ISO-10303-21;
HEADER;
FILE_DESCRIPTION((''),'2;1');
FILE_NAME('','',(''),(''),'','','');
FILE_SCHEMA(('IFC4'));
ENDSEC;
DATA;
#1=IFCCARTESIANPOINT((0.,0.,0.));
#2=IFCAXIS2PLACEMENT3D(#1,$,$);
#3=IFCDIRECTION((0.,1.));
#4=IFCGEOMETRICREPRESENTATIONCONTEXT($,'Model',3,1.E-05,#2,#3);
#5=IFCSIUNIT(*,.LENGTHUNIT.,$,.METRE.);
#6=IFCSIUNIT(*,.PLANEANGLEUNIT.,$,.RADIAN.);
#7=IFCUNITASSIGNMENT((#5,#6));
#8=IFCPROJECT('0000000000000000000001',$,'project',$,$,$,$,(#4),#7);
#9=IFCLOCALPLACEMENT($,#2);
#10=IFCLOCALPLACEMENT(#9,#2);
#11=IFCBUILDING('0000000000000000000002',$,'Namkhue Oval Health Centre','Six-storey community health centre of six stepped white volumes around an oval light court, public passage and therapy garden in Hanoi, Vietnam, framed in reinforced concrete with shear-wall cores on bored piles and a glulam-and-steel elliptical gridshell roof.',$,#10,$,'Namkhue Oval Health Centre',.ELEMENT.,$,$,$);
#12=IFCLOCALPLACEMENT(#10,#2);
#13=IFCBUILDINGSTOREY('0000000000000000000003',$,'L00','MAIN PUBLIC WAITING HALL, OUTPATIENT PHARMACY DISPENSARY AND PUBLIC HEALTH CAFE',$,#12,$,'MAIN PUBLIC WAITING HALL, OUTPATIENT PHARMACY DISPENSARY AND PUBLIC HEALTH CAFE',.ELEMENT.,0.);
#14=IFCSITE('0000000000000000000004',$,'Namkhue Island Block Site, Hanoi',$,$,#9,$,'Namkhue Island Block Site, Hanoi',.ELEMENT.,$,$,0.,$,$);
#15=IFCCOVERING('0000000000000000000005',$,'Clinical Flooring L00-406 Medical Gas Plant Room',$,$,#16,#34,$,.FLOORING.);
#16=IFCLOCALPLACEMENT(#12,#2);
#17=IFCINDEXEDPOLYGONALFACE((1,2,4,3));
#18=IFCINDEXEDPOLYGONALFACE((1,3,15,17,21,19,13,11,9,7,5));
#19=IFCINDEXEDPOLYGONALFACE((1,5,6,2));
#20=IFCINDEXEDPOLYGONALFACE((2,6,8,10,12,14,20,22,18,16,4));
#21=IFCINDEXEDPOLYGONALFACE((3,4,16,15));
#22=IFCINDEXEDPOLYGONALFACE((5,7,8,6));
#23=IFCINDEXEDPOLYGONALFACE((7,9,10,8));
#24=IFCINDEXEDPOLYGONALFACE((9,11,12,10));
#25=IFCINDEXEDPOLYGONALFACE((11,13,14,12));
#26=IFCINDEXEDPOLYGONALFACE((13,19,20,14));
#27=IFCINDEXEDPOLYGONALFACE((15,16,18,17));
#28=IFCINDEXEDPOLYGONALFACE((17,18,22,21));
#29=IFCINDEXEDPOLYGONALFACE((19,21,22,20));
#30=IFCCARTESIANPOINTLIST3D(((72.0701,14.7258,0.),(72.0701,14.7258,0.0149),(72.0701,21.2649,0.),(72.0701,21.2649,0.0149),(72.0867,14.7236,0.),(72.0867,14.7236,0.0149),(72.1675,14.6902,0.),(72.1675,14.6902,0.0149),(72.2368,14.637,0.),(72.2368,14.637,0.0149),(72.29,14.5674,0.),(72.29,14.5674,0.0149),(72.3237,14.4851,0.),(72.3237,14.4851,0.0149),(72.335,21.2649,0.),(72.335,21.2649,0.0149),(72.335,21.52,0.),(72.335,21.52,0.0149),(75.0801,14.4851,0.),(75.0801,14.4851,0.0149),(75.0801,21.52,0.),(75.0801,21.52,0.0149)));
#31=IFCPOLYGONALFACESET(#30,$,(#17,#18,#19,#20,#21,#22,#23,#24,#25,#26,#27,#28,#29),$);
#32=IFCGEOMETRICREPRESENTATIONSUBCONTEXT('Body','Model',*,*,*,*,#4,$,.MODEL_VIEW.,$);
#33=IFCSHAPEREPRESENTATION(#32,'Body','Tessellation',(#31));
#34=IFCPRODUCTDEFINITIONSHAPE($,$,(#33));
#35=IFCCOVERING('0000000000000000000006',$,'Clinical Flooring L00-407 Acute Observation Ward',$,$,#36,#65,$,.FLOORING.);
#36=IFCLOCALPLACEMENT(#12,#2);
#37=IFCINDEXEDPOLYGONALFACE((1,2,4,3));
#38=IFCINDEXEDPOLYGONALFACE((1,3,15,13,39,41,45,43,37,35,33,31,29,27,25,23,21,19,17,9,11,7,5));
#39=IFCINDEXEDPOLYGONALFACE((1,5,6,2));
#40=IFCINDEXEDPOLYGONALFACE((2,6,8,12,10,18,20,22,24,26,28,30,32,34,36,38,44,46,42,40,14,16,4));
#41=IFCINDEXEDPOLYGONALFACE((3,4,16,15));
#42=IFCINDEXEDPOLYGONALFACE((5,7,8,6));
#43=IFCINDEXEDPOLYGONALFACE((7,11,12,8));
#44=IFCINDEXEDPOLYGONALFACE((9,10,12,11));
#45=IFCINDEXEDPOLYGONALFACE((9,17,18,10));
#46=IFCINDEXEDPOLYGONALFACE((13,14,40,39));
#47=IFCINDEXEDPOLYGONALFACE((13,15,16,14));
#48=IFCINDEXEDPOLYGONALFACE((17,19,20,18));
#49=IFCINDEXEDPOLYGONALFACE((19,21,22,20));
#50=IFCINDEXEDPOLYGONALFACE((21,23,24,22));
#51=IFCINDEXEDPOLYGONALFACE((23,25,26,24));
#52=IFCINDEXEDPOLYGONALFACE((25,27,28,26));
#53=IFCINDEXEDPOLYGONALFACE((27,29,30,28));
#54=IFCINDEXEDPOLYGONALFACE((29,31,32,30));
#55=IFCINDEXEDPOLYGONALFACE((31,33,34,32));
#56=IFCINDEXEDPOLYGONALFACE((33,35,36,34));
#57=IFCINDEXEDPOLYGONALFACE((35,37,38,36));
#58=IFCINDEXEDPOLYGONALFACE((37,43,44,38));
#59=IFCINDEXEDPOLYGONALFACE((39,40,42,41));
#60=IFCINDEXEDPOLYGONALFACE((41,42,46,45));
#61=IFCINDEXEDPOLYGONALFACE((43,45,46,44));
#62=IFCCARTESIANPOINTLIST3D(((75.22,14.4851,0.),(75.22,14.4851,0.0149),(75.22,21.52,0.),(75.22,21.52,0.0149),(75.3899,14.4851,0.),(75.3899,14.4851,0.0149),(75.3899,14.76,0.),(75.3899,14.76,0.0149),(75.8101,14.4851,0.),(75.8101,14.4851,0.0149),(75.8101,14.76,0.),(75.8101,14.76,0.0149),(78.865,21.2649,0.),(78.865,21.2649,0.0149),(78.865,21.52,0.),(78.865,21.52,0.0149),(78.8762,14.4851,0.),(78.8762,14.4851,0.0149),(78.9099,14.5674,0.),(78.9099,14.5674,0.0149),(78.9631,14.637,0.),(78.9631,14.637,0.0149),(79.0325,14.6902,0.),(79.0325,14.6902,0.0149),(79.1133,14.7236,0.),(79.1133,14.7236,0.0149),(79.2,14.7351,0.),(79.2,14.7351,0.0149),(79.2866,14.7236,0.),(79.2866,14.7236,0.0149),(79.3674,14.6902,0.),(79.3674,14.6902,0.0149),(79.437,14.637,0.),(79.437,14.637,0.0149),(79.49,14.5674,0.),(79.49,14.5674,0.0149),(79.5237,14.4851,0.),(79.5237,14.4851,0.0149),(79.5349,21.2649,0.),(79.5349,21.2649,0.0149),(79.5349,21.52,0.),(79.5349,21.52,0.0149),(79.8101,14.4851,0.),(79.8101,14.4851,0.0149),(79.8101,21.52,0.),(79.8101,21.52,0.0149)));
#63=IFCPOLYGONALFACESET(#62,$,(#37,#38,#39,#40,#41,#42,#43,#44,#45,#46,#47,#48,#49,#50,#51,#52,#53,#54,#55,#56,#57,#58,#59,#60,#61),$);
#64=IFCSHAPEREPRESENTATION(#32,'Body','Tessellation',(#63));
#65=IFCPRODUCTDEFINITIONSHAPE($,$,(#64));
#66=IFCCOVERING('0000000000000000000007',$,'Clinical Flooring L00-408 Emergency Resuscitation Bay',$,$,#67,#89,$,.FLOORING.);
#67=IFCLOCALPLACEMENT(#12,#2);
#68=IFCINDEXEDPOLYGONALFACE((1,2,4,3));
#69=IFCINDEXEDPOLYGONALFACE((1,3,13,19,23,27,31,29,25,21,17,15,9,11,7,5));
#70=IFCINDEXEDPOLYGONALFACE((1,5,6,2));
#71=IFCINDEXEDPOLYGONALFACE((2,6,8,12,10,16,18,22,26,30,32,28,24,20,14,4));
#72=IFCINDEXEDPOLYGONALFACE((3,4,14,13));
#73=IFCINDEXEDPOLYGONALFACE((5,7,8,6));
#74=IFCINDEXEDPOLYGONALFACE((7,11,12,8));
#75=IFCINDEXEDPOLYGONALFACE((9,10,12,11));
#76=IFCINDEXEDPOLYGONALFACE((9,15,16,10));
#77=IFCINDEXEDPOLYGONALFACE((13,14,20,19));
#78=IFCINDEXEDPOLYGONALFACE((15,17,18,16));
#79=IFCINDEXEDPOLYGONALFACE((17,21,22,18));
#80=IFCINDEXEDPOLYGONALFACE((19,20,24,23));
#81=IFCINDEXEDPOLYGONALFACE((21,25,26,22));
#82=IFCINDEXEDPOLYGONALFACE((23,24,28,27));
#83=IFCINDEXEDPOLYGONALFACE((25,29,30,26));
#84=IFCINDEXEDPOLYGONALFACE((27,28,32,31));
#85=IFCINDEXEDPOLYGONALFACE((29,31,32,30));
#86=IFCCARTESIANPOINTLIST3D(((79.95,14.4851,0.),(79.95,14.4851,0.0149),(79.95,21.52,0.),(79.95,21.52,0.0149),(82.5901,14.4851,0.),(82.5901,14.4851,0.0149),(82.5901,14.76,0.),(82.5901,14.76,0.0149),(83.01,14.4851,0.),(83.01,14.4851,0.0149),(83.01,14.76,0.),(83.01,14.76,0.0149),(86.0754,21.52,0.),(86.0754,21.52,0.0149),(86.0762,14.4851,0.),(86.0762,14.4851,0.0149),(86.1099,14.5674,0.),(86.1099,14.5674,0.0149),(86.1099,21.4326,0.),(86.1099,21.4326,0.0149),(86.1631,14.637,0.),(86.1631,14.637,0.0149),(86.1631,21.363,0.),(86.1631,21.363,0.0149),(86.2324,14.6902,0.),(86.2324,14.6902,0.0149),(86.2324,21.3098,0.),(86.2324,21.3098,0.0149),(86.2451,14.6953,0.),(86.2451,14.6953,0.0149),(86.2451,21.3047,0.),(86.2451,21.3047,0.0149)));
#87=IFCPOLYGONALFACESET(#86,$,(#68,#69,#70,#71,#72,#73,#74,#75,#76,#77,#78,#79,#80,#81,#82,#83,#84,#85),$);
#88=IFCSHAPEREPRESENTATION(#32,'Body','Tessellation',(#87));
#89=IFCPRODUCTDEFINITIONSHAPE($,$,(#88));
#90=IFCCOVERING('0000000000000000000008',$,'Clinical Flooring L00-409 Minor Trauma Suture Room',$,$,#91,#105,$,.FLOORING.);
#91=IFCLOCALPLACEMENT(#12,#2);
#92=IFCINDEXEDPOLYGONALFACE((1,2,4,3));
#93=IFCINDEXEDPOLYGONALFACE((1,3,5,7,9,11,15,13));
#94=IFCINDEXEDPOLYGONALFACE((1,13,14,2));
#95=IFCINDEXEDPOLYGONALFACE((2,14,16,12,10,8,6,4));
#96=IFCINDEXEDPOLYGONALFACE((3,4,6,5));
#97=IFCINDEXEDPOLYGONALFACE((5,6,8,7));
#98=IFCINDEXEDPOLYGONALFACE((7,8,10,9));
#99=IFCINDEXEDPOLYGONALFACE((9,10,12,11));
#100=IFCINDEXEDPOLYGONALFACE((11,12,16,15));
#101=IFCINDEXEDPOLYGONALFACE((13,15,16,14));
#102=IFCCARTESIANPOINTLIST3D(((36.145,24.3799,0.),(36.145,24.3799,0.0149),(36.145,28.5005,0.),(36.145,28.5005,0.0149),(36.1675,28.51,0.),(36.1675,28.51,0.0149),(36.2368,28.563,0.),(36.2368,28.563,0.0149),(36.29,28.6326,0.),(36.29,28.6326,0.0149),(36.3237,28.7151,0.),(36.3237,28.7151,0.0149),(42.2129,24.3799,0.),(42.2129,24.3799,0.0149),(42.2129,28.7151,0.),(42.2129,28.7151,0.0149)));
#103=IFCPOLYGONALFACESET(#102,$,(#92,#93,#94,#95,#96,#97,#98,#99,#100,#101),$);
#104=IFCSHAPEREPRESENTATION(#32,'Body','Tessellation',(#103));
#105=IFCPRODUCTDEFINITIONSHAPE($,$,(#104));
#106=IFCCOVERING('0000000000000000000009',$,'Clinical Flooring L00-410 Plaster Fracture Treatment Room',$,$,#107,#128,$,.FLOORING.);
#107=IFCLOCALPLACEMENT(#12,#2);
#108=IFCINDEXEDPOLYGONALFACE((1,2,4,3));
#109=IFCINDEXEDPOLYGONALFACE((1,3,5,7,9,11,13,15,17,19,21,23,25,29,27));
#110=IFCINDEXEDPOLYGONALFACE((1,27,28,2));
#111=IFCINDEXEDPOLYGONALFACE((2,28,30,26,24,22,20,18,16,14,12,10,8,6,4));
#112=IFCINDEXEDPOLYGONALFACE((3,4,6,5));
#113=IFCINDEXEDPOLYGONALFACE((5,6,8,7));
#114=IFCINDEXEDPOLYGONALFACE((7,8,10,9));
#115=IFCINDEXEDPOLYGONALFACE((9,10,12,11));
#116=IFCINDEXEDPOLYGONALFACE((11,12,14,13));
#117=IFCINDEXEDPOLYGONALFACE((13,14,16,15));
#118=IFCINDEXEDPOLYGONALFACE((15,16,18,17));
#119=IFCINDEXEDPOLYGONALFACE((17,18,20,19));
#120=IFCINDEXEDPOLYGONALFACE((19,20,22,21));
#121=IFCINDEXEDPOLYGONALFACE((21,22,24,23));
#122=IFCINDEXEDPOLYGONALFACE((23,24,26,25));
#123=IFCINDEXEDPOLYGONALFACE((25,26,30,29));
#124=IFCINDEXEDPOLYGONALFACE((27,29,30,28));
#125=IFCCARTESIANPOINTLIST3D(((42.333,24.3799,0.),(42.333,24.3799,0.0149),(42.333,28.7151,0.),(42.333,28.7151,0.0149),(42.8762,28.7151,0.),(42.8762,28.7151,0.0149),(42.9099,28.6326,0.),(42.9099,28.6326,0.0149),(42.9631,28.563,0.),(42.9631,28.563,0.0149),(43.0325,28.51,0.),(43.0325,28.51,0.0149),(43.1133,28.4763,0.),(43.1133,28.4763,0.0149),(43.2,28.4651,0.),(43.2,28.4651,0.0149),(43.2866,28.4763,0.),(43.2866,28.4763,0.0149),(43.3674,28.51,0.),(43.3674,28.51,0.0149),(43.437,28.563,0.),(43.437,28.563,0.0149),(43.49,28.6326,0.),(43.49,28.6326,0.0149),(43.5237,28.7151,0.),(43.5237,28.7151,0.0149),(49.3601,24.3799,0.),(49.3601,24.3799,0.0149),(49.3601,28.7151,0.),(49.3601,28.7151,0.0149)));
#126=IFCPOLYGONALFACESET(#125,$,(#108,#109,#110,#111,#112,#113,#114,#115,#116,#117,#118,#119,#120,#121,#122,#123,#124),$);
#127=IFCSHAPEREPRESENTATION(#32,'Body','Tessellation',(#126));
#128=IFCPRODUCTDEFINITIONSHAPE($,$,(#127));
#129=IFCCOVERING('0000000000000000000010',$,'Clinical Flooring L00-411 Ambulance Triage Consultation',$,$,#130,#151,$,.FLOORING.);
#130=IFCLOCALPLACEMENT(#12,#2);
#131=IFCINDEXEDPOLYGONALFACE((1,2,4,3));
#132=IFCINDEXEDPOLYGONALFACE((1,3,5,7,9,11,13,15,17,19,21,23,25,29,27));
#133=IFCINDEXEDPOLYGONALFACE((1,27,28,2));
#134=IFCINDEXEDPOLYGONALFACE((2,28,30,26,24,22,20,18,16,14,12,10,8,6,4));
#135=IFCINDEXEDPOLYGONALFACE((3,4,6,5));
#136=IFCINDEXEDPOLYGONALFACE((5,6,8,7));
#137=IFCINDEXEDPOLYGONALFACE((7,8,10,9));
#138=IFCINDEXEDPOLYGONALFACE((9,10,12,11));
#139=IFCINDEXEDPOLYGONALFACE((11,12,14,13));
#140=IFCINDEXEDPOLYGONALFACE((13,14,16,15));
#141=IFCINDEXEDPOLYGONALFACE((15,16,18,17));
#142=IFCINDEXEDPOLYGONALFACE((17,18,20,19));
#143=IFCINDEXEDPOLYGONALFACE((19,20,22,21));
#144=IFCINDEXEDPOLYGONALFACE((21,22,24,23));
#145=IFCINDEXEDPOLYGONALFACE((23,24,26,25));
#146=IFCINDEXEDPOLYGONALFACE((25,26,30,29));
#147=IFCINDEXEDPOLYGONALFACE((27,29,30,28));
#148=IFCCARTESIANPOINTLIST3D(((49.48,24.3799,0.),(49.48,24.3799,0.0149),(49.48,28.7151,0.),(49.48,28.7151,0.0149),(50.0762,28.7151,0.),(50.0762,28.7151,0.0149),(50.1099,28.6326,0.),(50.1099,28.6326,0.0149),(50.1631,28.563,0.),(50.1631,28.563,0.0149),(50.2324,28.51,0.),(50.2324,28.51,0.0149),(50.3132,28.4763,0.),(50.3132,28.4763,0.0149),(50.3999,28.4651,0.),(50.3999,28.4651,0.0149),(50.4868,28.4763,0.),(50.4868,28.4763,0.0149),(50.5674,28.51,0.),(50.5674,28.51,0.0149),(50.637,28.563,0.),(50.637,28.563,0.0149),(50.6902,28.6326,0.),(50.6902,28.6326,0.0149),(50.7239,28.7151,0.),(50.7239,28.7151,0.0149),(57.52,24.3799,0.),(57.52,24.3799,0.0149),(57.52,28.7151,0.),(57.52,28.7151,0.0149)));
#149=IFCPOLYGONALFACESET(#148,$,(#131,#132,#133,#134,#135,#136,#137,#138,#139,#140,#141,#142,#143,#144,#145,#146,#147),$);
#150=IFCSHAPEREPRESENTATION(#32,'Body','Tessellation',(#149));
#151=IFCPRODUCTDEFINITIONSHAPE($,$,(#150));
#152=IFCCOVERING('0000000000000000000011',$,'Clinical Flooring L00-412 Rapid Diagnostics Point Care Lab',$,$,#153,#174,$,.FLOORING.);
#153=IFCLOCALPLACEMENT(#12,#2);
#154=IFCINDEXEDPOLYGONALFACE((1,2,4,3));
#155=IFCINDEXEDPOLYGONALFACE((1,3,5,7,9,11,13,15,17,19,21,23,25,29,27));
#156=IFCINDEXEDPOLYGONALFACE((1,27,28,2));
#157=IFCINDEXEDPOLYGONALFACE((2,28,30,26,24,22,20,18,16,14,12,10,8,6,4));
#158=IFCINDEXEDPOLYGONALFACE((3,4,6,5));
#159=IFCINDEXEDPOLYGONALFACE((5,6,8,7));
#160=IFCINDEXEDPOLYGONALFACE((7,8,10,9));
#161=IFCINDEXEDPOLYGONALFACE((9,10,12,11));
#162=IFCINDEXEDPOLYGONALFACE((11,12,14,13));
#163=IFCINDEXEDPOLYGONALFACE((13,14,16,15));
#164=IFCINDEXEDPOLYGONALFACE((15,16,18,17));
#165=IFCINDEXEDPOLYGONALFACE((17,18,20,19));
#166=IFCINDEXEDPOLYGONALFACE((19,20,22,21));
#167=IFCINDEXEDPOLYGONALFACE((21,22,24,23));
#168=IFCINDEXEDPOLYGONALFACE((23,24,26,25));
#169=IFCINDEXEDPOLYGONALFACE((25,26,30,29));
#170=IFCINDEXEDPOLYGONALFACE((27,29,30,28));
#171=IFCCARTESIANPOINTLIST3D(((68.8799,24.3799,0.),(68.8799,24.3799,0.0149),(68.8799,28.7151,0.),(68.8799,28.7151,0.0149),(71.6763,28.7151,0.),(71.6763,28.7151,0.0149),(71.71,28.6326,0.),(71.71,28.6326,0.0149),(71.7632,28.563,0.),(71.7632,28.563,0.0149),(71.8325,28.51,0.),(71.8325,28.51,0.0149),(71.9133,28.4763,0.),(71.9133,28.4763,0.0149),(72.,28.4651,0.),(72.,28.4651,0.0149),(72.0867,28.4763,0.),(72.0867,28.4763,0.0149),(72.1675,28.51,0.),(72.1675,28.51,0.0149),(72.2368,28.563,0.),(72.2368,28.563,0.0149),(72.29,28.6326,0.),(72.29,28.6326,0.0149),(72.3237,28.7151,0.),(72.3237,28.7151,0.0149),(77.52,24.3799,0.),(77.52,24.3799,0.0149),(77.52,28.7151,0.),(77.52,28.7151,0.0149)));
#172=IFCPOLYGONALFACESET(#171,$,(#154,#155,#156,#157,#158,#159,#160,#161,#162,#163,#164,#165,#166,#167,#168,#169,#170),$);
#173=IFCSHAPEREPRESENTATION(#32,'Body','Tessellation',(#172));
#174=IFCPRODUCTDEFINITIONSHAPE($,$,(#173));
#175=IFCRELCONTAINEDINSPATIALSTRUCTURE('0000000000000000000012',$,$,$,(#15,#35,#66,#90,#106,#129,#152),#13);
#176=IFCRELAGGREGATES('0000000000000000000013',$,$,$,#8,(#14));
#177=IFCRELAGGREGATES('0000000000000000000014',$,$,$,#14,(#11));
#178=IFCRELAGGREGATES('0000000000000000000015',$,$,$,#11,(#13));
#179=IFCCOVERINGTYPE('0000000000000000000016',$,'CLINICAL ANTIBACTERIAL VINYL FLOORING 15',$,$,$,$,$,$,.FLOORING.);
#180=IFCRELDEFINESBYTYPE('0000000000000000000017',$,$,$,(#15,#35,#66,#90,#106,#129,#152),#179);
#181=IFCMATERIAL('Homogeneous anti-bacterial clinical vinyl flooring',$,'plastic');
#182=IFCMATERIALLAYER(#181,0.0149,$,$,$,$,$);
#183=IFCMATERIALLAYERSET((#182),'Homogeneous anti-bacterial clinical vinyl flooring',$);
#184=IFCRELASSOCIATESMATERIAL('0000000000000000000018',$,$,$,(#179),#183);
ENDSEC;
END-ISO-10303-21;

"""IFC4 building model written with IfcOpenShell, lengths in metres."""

from ifc_helpers import new_model, si_unit, direction, origin, place, context, subcontext, project, spatial, polyline, outline, extrude, material, layer, layer_set, type_object, element, save


model = new_model("IFC4")

# Units and contexts
model_context = context("Model", 3, precision=1e-05, world=origin(), true_north=direction((0.0, 1.0)))
body_context = subcontext(model_context, "Body", "Model", "MODEL_VIEW")
ifc_project = project(units=[si_unit("LENGTHUNIT", "METRE"), si_unit("PLANEANGLEUNIT", "RADIAN")], contexts=[model_context])

# Site, building, storey
site_placement = place(None, origin())
site = spatial("IfcSite", under=ifc_project, at=site_placement, Name="Namkhue Island Block Site, Hanoi", LongName="Namkhue Island Block Site, Hanoi", CompositionType="ELEMENT", RefElevation=0.0)
building_placement = place(site_placement, origin())
building = spatial("IfcBuilding", under=site, at=building_placement, Name="Namkhue Oval Health Centre", Description="Six-storey community health centre of six stepped white volumes around an oval light court, public passage and therapy garden in Hanoi, Vietnam, framed in reinforced concrete with shear-wall cores on bored piles and a glulam-and-steel elliptical gridshell roof.", LongName="Namkhue Oval Health Centre", CompositionType="ELEMENT")
storey_placement = place(building_placement, origin())
storey = spatial("IfcBuildingStorey", under=building, at=storey_placement, Name="L00", Description="MAIN PUBLIC WAITING HALL, OUTPATIENT PHARMACY DISPENSARY AND PUBLIC HEALTH CAFE", LongName="MAIN PUBLIC WAITING HALL, OUTPATIENT PHARMACY DISPENSARY AND PUBLIC HEALTH CAFE", CompositionType="ELEMENT", Elevation=0.0)

# Coverings
ifc_material_1 = material(Name="Homogeneous anti-bacterial clinical vinyl flooring", Category="plastic")
ifc_layer_1 = layer(ifc_material_1, 0.0149)
ifc_layer_set_1 = layer_set([ifc_layer_1], Name="Homogeneous anti-bacterial clinical vinyl flooring")
covering_type_1 = type_object("IfcCoveringType", Name="CLINICAL ANTIBACTERIAL VINYL FLOORING 15", PredefinedType="FLOORING", material=ifc_layer_set_1)
covering_1_placement = place(storey_placement, origin())
element("IfcCovering", 1, at=covering_1_placement, inside=storey, type_object=covering_type_1, Name="Clinical Flooring L00-406 Medical Gas Plant Room", PredefinedType="FLOORING", context=body_context, shape_type="SweptSolid", body=[
    extrude(outline(polyline([(72.3237, 14.4851), (72.29, 14.5674), (72.2368, 14.637), (72.1675, 14.6902), (72.0867, 14.7236), (72.0701, 14.7258), (72.0701, 21.2649), (72.335, 21.2649), (72.335, 21.52), (75.0801, 21.52), (75.0801, 14.4851), (72.3237, 14.4851)])), origin(), (0.0, 0.0, 1.0), 0.0149),
])
covering_2_placement = place(storey_placement, origin())
element("IfcCovering", 2, at=covering_2_placement, inside=storey, type_object=covering_type_1, Name="Clinical Flooring L00-407 Acute Observation Ward", PredefinedType="FLOORING", context=body_context, shape_type="SweptSolid", body=[
    extrude(outline(polyline([(79.5237, 14.4851), (79.49, 14.5674), (79.437, 14.637), (79.3674, 14.6902), (79.2866, 14.7236), (79.2, 14.7351), (79.1133, 14.7236), (79.0325, 14.6902), (78.9631, 14.637), (78.9099, 14.5674), (78.8762, 14.4851), (75.8101, 14.4851), (75.8101, 14.76), (75.3899, 14.76), (75.3899, 14.4851), (75.22, 14.4851), (75.22, 21.52), (78.865, 21.52), (78.865, 21.2649), (79.5349, 21.2649), (79.5349, 21.52), (79.8101, 21.52), (79.8101, 14.4851), (79.5237, 14.4851)])), origin(), (0.0, 0.0, 1.0), 0.0149),
])
covering_3_placement = place(storey_placement, origin())
element("IfcCovering", 3, at=covering_3_placement, inside=storey, type_object=covering_type_1, Name="Clinical Flooring L00-408 Emergency Resuscitation Bay", PredefinedType="FLOORING", context=body_context, shape_type="SweptSolid", body=[
    extrude(outline(polyline([(83.01, 14.4851), (83.01, 14.76), (82.5901, 14.76), (82.5901, 14.4851), (79.95, 14.4851), (79.95, 21.52), (86.0754, 21.52), (86.1099, 21.4326), (86.1631, 21.363), (86.2324, 21.3098), (86.2451, 21.3047), (86.2451, 14.6953), (86.2324, 14.6902), (86.1631, 14.637), (86.1099, 14.5674), (86.0762, 14.4851), (83.01, 14.4851)])), origin(), (0.0, 0.0, 1.0), 0.0149),
])
covering_4_placement = place(storey_placement, origin())
element("IfcCovering", 4, at=covering_4_placement, inside=storey, type_object=covering_type_1, Name="Clinical Flooring L00-409 Minor Trauma Suture Room", PredefinedType="FLOORING", context=body_context, shape_type="SweptSolid", body=[
    extrude(outline(polyline([(36.145, 24.3799), (36.145, 28.5005), (36.1675, 28.51), (36.2368, 28.563), (36.29, 28.6326), (36.3237, 28.7151), (42.2129, 28.7151), (42.2129, 24.3799), (36.145, 24.3799)])), origin(), (0.0, 0.0, 1.0), 0.0149),
])
covering_5_placement = place(storey_placement, origin())
element("IfcCovering", 5, at=covering_5_placement, inside=storey, type_object=covering_type_1, Name="Clinical Flooring L00-410 Plaster Fracture Treatment Room", PredefinedType="FLOORING", context=body_context, shape_type="SweptSolid", body=[
    extrude(outline(polyline([(42.333, 24.3799), (42.333, 28.7151), (42.8762, 28.7151), (42.9099, 28.6326), (42.9631, 28.563), (43.0325, 28.51), (43.1133, 28.4763), (43.2, 28.4651), (43.2866, 28.4763), (43.3674, 28.51), (43.437, 28.563), (43.49, 28.6326), (43.5237, 28.7151), (49.3601, 28.7151), (49.3601, 24.3799), (42.333, 24.3799)])), origin(), (0.0, 0.0, 1.0), 0.0149),
])
covering_6_placement = place(storey_placement, origin())
element("IfcCovering", 6, at=covering_6_placement, inside=storey, type_object=covering_type_1, Name="Clinical Flooring L00-411 Ambulance Triage Consultation", PredefinedType="FLOORING", context=body_context, shape_type="SweptSolid", body=[
    extrude(outline(polyline([(49.48, 24.3799), (49.48, 28.7151), (50.0762, 28.7151), (50.1099, 28.6326), (50.1631, 28.563), (50.2324, 28.51), (50.3132, 28.4763), (50.3999, 28.4651), (50.4868, 28.4763), (50.5674, 28.51), (50.637, 28.563), (50.6902, 28.6326), (50.7239, 28.7151), (57.52, 28.7151), (57.52, 24.3799), (49.48, 24.3799)])), origin(), (0.0, 0.0, 1.0), 0.0149),
])
covering_7_placement = place(storey_placement, origin())
element("IfcCovering", 7, at=covering_7_placement, inside=storey, type_object=covering_type_1, Name="Clinical Flooring L00-412 Rapid Diagnostics Point Care Lab", PredefinedType="FLOORING", context=body_context, shape_type="SweptSolid", body=[
    extrude(outline(polyline([(68.8799, 24.3799), (68.8799, 28.7151), (71.6763, 28.7151), (71.71, 28.6326), (71.7632, 28.563), (71.8325, 28.51), (71.9133, 28.4763), (72.0, 28.4651), (72.0867, 28.4763), (72.1675, 28.51), (72.2368, 28.563), (72.29, 28.6326), (72.3237, 28.7151), (77.52, 28.7151), (77.52, 24.3799), (68.8799, 24.3799)])), origin(), (0.0, 0.0, 1.0), 0.0149),
])

save(model, "model.ifc")
